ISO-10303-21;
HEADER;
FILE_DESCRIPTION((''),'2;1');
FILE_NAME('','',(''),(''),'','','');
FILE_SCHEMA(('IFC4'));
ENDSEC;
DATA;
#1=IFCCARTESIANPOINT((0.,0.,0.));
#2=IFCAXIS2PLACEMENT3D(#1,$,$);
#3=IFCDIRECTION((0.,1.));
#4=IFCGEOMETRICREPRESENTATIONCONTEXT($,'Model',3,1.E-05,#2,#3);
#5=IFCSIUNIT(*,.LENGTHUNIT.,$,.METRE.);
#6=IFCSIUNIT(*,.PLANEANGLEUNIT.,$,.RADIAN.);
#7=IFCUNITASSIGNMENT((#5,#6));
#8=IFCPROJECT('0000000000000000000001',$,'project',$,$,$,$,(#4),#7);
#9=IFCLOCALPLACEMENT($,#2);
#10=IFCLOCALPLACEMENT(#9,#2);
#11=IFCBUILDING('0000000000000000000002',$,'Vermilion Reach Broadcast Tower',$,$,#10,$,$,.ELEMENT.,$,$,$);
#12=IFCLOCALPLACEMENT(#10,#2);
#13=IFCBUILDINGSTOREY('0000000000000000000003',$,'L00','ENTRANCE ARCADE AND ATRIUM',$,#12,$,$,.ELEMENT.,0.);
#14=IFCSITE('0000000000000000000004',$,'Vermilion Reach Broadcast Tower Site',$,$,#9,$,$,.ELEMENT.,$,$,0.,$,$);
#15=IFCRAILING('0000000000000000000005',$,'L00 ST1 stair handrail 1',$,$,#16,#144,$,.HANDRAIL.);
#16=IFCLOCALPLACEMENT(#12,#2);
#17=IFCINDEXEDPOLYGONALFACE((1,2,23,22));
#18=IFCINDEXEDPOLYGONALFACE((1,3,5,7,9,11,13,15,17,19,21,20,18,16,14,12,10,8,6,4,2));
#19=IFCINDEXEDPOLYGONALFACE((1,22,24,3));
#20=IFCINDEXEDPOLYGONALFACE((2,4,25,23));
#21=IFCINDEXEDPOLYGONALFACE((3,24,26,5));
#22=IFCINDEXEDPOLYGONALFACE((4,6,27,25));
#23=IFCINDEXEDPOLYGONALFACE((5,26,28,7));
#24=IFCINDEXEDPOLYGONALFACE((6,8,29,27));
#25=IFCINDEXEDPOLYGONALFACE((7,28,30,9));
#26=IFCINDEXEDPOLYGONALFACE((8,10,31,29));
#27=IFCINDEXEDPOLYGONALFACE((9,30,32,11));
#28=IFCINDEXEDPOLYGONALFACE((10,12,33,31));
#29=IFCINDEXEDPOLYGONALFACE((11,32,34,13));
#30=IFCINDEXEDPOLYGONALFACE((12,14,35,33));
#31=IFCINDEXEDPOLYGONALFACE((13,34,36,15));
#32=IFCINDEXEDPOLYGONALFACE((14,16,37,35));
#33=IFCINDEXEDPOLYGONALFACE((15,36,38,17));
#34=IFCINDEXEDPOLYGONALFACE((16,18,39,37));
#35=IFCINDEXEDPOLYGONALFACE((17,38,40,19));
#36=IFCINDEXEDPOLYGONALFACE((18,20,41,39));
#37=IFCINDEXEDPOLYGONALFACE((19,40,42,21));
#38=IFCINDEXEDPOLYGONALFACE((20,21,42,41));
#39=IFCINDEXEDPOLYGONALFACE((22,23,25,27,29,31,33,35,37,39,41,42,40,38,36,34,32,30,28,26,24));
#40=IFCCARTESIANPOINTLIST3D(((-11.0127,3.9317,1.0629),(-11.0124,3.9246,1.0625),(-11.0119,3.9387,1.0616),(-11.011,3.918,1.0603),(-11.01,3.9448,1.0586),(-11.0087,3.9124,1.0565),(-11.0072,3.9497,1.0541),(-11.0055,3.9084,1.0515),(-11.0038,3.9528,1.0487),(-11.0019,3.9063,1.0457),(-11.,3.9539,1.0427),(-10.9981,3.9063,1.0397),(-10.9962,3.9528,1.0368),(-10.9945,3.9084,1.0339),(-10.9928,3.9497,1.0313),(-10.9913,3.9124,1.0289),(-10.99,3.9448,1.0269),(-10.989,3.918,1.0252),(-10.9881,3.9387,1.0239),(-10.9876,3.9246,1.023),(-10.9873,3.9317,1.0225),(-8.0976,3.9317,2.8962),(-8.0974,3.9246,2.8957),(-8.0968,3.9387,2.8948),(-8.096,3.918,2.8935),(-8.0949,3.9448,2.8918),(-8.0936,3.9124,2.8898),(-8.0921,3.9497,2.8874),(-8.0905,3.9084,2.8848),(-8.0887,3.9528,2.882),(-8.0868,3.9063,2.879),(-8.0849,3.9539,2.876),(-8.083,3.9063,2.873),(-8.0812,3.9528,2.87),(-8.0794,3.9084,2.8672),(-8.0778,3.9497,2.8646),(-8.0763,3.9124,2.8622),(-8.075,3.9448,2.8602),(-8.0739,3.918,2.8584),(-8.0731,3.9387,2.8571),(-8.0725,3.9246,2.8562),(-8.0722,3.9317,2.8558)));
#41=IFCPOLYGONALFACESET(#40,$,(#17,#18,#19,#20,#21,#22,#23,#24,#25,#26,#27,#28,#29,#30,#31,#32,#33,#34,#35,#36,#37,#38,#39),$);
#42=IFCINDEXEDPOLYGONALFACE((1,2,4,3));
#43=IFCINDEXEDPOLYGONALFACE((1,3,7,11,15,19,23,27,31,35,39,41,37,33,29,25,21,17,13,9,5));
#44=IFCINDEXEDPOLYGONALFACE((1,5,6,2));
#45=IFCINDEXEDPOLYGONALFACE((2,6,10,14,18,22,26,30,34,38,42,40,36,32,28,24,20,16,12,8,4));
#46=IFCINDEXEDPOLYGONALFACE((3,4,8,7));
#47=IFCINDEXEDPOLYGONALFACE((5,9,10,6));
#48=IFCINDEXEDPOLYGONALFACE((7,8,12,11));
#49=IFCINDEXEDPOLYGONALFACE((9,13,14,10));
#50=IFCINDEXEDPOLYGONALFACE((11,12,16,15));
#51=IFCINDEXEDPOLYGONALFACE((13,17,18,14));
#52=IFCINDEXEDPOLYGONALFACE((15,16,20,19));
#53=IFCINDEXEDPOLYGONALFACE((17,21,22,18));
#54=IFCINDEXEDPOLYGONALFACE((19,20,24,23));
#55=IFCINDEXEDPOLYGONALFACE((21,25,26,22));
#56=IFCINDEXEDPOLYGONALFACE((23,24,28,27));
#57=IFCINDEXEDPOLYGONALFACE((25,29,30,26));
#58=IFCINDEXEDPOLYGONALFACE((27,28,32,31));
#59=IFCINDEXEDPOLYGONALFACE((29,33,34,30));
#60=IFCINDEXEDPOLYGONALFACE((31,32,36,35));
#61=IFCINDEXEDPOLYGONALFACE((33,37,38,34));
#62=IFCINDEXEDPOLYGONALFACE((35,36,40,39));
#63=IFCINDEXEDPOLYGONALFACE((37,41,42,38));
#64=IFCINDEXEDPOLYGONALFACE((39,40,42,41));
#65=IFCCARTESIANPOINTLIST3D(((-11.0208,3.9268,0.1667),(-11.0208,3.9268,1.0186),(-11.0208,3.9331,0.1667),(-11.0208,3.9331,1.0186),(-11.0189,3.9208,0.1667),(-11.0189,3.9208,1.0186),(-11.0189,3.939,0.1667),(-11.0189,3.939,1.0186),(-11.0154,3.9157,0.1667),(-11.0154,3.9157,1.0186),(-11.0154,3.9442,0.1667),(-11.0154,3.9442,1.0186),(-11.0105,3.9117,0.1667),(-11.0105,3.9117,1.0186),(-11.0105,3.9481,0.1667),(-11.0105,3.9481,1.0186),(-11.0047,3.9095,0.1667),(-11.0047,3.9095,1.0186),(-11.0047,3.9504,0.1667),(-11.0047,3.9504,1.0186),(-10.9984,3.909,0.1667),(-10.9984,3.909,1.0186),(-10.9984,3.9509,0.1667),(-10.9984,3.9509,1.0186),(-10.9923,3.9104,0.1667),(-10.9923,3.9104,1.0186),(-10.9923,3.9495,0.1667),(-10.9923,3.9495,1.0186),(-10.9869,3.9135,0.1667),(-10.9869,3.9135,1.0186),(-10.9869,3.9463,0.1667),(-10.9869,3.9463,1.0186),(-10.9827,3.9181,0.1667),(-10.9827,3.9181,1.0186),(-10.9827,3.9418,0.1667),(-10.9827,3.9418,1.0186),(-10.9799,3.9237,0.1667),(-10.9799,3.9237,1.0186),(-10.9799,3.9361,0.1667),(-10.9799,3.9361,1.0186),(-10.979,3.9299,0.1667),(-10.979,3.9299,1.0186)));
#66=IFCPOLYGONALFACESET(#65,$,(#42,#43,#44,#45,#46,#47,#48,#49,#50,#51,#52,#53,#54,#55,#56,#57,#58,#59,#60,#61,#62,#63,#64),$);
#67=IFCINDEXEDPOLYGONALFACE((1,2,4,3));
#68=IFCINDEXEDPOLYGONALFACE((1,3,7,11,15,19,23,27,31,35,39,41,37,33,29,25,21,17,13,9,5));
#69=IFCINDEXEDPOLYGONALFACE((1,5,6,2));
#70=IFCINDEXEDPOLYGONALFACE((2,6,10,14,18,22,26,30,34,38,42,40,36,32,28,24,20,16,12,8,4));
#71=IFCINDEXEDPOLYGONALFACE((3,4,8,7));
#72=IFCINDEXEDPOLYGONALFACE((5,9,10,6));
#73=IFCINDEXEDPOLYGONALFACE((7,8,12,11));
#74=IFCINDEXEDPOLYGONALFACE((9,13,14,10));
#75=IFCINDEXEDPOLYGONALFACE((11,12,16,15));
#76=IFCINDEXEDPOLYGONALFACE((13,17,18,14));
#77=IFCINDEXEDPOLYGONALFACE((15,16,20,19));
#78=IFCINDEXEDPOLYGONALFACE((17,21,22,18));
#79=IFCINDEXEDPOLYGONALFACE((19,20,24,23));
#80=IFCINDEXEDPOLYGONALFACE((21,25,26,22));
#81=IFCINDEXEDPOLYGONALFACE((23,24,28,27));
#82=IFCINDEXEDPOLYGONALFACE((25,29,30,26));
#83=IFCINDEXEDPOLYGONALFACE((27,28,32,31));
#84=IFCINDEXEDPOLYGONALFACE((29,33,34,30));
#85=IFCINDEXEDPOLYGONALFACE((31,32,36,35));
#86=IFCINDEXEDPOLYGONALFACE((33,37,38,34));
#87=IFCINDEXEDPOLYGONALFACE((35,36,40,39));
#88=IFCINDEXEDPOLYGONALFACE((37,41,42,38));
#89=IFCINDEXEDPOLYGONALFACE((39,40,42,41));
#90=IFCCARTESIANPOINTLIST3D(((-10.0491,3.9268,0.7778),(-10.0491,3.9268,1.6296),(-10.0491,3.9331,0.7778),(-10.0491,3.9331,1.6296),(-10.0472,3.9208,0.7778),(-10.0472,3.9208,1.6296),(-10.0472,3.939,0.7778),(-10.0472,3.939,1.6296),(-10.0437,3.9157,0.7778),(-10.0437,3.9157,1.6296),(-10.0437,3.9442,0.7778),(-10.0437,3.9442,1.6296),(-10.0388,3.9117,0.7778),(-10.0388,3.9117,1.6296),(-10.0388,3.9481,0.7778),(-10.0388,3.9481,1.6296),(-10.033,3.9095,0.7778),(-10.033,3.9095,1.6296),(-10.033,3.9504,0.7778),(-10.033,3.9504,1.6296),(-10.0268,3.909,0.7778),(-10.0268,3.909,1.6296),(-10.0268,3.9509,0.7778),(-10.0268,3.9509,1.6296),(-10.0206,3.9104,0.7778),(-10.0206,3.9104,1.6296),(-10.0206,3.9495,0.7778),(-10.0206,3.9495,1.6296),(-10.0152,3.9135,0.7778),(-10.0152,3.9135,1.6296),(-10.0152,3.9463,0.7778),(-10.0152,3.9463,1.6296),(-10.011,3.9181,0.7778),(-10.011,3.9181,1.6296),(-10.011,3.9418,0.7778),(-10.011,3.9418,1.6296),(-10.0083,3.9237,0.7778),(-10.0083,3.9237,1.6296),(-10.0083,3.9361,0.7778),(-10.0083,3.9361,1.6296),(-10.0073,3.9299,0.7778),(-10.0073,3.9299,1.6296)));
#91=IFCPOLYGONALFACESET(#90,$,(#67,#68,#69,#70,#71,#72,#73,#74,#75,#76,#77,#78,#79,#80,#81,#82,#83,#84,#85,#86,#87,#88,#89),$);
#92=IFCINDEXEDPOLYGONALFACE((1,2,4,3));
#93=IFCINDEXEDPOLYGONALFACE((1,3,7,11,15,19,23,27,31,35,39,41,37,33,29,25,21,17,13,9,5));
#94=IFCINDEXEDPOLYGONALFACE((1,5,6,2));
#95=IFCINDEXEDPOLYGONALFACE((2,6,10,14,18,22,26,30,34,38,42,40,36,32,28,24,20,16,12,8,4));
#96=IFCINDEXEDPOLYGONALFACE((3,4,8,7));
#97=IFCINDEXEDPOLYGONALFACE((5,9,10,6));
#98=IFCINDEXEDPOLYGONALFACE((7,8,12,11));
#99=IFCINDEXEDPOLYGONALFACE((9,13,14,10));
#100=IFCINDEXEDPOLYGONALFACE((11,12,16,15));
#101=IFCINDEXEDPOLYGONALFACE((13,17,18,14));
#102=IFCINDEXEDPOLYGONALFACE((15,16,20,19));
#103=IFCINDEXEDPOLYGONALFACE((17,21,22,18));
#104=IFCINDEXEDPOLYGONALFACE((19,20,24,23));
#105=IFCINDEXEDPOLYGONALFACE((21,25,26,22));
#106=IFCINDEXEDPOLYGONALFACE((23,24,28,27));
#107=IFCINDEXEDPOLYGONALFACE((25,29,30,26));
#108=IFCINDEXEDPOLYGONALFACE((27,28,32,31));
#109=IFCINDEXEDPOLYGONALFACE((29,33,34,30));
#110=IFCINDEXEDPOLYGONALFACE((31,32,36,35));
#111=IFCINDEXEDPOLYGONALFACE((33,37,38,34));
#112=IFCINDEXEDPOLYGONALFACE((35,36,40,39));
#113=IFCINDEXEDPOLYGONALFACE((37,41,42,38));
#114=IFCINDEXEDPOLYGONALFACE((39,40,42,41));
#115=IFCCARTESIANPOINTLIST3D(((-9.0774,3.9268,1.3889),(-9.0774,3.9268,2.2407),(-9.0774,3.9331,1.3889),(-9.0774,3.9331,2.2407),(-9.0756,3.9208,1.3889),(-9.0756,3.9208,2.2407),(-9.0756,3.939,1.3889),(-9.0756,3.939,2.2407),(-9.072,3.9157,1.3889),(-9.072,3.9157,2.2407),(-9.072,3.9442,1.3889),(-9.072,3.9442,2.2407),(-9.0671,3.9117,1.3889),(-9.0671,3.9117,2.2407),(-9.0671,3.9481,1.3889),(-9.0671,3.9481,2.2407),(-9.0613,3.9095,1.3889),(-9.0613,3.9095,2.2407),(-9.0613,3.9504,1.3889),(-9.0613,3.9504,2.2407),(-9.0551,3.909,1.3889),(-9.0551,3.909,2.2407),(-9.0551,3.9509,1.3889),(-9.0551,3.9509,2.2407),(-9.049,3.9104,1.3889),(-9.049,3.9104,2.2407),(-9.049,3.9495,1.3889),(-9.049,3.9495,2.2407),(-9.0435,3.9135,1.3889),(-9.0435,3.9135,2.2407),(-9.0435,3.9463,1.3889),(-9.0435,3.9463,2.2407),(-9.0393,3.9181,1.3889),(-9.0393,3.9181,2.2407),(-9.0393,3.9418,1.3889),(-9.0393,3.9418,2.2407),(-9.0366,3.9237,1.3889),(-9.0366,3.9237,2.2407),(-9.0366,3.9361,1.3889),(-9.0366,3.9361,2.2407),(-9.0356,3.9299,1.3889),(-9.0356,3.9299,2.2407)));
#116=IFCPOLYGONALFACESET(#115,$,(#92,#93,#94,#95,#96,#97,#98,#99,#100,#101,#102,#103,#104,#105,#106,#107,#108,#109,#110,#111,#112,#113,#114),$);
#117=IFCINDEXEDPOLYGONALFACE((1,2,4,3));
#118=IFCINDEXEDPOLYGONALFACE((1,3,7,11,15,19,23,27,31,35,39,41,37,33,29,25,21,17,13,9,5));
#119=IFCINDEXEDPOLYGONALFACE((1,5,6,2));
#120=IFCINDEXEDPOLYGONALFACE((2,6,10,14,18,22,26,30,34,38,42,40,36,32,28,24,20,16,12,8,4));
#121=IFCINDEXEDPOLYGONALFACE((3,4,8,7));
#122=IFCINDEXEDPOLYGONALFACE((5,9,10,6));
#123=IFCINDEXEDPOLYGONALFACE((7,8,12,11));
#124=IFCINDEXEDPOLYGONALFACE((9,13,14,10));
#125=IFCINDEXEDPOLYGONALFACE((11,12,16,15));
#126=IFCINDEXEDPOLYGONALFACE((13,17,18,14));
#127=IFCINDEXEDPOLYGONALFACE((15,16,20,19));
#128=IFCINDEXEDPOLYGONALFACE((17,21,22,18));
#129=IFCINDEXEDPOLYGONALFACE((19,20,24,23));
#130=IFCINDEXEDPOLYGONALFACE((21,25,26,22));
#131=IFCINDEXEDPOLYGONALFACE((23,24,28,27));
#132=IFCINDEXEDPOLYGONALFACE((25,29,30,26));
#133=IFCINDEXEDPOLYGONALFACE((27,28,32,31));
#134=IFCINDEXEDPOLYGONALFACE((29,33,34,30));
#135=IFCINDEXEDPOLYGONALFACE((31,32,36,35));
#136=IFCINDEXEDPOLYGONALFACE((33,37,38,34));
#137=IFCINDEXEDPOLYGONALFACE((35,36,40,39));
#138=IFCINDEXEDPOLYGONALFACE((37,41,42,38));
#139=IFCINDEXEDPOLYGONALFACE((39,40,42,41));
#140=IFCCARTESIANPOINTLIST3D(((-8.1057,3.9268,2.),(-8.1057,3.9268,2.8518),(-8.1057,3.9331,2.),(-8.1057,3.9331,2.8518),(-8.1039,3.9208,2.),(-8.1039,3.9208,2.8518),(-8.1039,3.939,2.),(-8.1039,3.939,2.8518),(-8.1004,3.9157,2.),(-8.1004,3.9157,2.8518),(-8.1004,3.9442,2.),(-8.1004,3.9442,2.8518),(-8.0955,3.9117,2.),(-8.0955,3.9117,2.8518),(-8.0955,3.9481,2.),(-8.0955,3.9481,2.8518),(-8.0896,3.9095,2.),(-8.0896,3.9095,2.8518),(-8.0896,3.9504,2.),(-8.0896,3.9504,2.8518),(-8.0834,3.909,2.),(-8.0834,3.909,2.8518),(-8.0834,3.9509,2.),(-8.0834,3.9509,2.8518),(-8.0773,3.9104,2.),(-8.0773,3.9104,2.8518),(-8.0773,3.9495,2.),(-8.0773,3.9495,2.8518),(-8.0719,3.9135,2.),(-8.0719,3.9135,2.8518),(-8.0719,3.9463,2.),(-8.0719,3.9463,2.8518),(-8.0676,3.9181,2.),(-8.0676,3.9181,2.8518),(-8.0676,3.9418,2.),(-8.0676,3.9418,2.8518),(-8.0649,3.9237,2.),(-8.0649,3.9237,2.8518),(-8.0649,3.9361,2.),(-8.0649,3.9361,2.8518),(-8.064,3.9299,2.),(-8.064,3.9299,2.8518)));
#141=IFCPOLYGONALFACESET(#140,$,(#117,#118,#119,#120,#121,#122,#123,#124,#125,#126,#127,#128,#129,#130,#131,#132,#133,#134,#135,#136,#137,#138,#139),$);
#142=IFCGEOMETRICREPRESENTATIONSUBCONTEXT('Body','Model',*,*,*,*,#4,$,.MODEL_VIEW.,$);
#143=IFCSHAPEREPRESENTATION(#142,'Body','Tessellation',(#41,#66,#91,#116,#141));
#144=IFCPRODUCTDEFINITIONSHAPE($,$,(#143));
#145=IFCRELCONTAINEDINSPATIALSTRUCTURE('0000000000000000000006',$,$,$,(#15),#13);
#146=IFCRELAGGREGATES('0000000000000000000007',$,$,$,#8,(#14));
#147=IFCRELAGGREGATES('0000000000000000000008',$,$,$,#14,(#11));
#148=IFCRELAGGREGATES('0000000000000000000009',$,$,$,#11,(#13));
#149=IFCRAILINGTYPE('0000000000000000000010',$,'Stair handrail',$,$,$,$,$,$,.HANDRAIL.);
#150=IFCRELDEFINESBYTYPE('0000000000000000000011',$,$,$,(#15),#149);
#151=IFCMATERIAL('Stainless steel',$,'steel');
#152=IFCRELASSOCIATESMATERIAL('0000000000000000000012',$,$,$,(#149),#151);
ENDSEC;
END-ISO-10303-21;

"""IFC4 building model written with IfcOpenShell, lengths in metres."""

from ifc_helpers import new_model, si_unit, direction, frame, origin, origin_2d, place, context, subcontext, project, spatial, circle, extrude, material, type_object, element, save


model = new_model("IFC4")

# Units and contexts
model_context = context("Model", 3, precision=1e-05, world=origin(), true_north=direction((0.0, 1.0)))
body_context = subcontext(model_context, "Body", "Model", "MODEL_VIEW")
ifc_project = project(units=[si_unit("LENGTHUNIT", "METRE"), si_unit("PLANEANGLEUNIT", "RADIAN")], contexts=[model_context])

# Site, building, storey
site_placement = place(None, origin())
site = spatial("IfcSite", under=ifc_project, at=site_placement, Name="Vermilion Reach Broadcast Tower Site", CompositionType="ELEMENT", RefElevation=0.0)
building_placement = place(site_placement, origin())
building = spatial("IfcBuilding", under=site, at=building_placement, Name="Vermilion Reach Broadcast Tower", CompositionType="ELEMENT")
storey_placement = place(building_placement, origin())
storey = spatial("IfcBuildingStorey", under=building, at=storey_placement, Name="L00", Description="ENTRANCE ARCADE AND ATRIUM", CompositionType="ELEMENT", Elevation=0.0)

# Railing
ifc_material_1 = material(Name="Stainless steel", Category="steel")
railing_type_1 = type_object("IfcRailingType", Name="Stair handrail", PredefinedType="HANDRAIL", material=ifc_material_1)
for number, where, name in (
    (1, (-11.0, 3.9299, 0.1667), "L00 ST1 stair handrail 1"),
):
    element("IfcRailing", number, at=place(storey_placement, frame(where)), inside=storey, type_object=railing_type_1, Name=name, PredefinedType="HANDRAIL", context=body_context, shape_type="SweptSolid", body=[
        extrude(circle(Radius=0.0239, at=origin_2d()), frame((0.0, 0.0, 0.876), z_axis=(0.846513, 0.0, 0.532368), x_axis=(0.0, 1.0, 0.0)), (0.0, 0.0, 1.0), 3.4436),
        extrude(circle(Radius=0.021, at=origin_2d()), origin(), (0.0, 0.0, 1.0), 0.8518),
        extrude(circle(Radius=0.021, at=origin_2d()), frame((0.9717, 0.0, 0.6111)), (0.0, 0.0, 1.0), 0.8518),
        extrude(circle(Radius=0.021, at=origin_2d()), frame((1.9434, 0.0, 1.2222)), (0.0, 0.0, 1.0), 0.8518),
        extrude(circle(Radius=0.021, at=origin_2d()), frame((2.915, 0.0, 1.8333)), (0.0, 0.0, 1.0), 0.8518),
    ])

save(model, "model.ifc")
